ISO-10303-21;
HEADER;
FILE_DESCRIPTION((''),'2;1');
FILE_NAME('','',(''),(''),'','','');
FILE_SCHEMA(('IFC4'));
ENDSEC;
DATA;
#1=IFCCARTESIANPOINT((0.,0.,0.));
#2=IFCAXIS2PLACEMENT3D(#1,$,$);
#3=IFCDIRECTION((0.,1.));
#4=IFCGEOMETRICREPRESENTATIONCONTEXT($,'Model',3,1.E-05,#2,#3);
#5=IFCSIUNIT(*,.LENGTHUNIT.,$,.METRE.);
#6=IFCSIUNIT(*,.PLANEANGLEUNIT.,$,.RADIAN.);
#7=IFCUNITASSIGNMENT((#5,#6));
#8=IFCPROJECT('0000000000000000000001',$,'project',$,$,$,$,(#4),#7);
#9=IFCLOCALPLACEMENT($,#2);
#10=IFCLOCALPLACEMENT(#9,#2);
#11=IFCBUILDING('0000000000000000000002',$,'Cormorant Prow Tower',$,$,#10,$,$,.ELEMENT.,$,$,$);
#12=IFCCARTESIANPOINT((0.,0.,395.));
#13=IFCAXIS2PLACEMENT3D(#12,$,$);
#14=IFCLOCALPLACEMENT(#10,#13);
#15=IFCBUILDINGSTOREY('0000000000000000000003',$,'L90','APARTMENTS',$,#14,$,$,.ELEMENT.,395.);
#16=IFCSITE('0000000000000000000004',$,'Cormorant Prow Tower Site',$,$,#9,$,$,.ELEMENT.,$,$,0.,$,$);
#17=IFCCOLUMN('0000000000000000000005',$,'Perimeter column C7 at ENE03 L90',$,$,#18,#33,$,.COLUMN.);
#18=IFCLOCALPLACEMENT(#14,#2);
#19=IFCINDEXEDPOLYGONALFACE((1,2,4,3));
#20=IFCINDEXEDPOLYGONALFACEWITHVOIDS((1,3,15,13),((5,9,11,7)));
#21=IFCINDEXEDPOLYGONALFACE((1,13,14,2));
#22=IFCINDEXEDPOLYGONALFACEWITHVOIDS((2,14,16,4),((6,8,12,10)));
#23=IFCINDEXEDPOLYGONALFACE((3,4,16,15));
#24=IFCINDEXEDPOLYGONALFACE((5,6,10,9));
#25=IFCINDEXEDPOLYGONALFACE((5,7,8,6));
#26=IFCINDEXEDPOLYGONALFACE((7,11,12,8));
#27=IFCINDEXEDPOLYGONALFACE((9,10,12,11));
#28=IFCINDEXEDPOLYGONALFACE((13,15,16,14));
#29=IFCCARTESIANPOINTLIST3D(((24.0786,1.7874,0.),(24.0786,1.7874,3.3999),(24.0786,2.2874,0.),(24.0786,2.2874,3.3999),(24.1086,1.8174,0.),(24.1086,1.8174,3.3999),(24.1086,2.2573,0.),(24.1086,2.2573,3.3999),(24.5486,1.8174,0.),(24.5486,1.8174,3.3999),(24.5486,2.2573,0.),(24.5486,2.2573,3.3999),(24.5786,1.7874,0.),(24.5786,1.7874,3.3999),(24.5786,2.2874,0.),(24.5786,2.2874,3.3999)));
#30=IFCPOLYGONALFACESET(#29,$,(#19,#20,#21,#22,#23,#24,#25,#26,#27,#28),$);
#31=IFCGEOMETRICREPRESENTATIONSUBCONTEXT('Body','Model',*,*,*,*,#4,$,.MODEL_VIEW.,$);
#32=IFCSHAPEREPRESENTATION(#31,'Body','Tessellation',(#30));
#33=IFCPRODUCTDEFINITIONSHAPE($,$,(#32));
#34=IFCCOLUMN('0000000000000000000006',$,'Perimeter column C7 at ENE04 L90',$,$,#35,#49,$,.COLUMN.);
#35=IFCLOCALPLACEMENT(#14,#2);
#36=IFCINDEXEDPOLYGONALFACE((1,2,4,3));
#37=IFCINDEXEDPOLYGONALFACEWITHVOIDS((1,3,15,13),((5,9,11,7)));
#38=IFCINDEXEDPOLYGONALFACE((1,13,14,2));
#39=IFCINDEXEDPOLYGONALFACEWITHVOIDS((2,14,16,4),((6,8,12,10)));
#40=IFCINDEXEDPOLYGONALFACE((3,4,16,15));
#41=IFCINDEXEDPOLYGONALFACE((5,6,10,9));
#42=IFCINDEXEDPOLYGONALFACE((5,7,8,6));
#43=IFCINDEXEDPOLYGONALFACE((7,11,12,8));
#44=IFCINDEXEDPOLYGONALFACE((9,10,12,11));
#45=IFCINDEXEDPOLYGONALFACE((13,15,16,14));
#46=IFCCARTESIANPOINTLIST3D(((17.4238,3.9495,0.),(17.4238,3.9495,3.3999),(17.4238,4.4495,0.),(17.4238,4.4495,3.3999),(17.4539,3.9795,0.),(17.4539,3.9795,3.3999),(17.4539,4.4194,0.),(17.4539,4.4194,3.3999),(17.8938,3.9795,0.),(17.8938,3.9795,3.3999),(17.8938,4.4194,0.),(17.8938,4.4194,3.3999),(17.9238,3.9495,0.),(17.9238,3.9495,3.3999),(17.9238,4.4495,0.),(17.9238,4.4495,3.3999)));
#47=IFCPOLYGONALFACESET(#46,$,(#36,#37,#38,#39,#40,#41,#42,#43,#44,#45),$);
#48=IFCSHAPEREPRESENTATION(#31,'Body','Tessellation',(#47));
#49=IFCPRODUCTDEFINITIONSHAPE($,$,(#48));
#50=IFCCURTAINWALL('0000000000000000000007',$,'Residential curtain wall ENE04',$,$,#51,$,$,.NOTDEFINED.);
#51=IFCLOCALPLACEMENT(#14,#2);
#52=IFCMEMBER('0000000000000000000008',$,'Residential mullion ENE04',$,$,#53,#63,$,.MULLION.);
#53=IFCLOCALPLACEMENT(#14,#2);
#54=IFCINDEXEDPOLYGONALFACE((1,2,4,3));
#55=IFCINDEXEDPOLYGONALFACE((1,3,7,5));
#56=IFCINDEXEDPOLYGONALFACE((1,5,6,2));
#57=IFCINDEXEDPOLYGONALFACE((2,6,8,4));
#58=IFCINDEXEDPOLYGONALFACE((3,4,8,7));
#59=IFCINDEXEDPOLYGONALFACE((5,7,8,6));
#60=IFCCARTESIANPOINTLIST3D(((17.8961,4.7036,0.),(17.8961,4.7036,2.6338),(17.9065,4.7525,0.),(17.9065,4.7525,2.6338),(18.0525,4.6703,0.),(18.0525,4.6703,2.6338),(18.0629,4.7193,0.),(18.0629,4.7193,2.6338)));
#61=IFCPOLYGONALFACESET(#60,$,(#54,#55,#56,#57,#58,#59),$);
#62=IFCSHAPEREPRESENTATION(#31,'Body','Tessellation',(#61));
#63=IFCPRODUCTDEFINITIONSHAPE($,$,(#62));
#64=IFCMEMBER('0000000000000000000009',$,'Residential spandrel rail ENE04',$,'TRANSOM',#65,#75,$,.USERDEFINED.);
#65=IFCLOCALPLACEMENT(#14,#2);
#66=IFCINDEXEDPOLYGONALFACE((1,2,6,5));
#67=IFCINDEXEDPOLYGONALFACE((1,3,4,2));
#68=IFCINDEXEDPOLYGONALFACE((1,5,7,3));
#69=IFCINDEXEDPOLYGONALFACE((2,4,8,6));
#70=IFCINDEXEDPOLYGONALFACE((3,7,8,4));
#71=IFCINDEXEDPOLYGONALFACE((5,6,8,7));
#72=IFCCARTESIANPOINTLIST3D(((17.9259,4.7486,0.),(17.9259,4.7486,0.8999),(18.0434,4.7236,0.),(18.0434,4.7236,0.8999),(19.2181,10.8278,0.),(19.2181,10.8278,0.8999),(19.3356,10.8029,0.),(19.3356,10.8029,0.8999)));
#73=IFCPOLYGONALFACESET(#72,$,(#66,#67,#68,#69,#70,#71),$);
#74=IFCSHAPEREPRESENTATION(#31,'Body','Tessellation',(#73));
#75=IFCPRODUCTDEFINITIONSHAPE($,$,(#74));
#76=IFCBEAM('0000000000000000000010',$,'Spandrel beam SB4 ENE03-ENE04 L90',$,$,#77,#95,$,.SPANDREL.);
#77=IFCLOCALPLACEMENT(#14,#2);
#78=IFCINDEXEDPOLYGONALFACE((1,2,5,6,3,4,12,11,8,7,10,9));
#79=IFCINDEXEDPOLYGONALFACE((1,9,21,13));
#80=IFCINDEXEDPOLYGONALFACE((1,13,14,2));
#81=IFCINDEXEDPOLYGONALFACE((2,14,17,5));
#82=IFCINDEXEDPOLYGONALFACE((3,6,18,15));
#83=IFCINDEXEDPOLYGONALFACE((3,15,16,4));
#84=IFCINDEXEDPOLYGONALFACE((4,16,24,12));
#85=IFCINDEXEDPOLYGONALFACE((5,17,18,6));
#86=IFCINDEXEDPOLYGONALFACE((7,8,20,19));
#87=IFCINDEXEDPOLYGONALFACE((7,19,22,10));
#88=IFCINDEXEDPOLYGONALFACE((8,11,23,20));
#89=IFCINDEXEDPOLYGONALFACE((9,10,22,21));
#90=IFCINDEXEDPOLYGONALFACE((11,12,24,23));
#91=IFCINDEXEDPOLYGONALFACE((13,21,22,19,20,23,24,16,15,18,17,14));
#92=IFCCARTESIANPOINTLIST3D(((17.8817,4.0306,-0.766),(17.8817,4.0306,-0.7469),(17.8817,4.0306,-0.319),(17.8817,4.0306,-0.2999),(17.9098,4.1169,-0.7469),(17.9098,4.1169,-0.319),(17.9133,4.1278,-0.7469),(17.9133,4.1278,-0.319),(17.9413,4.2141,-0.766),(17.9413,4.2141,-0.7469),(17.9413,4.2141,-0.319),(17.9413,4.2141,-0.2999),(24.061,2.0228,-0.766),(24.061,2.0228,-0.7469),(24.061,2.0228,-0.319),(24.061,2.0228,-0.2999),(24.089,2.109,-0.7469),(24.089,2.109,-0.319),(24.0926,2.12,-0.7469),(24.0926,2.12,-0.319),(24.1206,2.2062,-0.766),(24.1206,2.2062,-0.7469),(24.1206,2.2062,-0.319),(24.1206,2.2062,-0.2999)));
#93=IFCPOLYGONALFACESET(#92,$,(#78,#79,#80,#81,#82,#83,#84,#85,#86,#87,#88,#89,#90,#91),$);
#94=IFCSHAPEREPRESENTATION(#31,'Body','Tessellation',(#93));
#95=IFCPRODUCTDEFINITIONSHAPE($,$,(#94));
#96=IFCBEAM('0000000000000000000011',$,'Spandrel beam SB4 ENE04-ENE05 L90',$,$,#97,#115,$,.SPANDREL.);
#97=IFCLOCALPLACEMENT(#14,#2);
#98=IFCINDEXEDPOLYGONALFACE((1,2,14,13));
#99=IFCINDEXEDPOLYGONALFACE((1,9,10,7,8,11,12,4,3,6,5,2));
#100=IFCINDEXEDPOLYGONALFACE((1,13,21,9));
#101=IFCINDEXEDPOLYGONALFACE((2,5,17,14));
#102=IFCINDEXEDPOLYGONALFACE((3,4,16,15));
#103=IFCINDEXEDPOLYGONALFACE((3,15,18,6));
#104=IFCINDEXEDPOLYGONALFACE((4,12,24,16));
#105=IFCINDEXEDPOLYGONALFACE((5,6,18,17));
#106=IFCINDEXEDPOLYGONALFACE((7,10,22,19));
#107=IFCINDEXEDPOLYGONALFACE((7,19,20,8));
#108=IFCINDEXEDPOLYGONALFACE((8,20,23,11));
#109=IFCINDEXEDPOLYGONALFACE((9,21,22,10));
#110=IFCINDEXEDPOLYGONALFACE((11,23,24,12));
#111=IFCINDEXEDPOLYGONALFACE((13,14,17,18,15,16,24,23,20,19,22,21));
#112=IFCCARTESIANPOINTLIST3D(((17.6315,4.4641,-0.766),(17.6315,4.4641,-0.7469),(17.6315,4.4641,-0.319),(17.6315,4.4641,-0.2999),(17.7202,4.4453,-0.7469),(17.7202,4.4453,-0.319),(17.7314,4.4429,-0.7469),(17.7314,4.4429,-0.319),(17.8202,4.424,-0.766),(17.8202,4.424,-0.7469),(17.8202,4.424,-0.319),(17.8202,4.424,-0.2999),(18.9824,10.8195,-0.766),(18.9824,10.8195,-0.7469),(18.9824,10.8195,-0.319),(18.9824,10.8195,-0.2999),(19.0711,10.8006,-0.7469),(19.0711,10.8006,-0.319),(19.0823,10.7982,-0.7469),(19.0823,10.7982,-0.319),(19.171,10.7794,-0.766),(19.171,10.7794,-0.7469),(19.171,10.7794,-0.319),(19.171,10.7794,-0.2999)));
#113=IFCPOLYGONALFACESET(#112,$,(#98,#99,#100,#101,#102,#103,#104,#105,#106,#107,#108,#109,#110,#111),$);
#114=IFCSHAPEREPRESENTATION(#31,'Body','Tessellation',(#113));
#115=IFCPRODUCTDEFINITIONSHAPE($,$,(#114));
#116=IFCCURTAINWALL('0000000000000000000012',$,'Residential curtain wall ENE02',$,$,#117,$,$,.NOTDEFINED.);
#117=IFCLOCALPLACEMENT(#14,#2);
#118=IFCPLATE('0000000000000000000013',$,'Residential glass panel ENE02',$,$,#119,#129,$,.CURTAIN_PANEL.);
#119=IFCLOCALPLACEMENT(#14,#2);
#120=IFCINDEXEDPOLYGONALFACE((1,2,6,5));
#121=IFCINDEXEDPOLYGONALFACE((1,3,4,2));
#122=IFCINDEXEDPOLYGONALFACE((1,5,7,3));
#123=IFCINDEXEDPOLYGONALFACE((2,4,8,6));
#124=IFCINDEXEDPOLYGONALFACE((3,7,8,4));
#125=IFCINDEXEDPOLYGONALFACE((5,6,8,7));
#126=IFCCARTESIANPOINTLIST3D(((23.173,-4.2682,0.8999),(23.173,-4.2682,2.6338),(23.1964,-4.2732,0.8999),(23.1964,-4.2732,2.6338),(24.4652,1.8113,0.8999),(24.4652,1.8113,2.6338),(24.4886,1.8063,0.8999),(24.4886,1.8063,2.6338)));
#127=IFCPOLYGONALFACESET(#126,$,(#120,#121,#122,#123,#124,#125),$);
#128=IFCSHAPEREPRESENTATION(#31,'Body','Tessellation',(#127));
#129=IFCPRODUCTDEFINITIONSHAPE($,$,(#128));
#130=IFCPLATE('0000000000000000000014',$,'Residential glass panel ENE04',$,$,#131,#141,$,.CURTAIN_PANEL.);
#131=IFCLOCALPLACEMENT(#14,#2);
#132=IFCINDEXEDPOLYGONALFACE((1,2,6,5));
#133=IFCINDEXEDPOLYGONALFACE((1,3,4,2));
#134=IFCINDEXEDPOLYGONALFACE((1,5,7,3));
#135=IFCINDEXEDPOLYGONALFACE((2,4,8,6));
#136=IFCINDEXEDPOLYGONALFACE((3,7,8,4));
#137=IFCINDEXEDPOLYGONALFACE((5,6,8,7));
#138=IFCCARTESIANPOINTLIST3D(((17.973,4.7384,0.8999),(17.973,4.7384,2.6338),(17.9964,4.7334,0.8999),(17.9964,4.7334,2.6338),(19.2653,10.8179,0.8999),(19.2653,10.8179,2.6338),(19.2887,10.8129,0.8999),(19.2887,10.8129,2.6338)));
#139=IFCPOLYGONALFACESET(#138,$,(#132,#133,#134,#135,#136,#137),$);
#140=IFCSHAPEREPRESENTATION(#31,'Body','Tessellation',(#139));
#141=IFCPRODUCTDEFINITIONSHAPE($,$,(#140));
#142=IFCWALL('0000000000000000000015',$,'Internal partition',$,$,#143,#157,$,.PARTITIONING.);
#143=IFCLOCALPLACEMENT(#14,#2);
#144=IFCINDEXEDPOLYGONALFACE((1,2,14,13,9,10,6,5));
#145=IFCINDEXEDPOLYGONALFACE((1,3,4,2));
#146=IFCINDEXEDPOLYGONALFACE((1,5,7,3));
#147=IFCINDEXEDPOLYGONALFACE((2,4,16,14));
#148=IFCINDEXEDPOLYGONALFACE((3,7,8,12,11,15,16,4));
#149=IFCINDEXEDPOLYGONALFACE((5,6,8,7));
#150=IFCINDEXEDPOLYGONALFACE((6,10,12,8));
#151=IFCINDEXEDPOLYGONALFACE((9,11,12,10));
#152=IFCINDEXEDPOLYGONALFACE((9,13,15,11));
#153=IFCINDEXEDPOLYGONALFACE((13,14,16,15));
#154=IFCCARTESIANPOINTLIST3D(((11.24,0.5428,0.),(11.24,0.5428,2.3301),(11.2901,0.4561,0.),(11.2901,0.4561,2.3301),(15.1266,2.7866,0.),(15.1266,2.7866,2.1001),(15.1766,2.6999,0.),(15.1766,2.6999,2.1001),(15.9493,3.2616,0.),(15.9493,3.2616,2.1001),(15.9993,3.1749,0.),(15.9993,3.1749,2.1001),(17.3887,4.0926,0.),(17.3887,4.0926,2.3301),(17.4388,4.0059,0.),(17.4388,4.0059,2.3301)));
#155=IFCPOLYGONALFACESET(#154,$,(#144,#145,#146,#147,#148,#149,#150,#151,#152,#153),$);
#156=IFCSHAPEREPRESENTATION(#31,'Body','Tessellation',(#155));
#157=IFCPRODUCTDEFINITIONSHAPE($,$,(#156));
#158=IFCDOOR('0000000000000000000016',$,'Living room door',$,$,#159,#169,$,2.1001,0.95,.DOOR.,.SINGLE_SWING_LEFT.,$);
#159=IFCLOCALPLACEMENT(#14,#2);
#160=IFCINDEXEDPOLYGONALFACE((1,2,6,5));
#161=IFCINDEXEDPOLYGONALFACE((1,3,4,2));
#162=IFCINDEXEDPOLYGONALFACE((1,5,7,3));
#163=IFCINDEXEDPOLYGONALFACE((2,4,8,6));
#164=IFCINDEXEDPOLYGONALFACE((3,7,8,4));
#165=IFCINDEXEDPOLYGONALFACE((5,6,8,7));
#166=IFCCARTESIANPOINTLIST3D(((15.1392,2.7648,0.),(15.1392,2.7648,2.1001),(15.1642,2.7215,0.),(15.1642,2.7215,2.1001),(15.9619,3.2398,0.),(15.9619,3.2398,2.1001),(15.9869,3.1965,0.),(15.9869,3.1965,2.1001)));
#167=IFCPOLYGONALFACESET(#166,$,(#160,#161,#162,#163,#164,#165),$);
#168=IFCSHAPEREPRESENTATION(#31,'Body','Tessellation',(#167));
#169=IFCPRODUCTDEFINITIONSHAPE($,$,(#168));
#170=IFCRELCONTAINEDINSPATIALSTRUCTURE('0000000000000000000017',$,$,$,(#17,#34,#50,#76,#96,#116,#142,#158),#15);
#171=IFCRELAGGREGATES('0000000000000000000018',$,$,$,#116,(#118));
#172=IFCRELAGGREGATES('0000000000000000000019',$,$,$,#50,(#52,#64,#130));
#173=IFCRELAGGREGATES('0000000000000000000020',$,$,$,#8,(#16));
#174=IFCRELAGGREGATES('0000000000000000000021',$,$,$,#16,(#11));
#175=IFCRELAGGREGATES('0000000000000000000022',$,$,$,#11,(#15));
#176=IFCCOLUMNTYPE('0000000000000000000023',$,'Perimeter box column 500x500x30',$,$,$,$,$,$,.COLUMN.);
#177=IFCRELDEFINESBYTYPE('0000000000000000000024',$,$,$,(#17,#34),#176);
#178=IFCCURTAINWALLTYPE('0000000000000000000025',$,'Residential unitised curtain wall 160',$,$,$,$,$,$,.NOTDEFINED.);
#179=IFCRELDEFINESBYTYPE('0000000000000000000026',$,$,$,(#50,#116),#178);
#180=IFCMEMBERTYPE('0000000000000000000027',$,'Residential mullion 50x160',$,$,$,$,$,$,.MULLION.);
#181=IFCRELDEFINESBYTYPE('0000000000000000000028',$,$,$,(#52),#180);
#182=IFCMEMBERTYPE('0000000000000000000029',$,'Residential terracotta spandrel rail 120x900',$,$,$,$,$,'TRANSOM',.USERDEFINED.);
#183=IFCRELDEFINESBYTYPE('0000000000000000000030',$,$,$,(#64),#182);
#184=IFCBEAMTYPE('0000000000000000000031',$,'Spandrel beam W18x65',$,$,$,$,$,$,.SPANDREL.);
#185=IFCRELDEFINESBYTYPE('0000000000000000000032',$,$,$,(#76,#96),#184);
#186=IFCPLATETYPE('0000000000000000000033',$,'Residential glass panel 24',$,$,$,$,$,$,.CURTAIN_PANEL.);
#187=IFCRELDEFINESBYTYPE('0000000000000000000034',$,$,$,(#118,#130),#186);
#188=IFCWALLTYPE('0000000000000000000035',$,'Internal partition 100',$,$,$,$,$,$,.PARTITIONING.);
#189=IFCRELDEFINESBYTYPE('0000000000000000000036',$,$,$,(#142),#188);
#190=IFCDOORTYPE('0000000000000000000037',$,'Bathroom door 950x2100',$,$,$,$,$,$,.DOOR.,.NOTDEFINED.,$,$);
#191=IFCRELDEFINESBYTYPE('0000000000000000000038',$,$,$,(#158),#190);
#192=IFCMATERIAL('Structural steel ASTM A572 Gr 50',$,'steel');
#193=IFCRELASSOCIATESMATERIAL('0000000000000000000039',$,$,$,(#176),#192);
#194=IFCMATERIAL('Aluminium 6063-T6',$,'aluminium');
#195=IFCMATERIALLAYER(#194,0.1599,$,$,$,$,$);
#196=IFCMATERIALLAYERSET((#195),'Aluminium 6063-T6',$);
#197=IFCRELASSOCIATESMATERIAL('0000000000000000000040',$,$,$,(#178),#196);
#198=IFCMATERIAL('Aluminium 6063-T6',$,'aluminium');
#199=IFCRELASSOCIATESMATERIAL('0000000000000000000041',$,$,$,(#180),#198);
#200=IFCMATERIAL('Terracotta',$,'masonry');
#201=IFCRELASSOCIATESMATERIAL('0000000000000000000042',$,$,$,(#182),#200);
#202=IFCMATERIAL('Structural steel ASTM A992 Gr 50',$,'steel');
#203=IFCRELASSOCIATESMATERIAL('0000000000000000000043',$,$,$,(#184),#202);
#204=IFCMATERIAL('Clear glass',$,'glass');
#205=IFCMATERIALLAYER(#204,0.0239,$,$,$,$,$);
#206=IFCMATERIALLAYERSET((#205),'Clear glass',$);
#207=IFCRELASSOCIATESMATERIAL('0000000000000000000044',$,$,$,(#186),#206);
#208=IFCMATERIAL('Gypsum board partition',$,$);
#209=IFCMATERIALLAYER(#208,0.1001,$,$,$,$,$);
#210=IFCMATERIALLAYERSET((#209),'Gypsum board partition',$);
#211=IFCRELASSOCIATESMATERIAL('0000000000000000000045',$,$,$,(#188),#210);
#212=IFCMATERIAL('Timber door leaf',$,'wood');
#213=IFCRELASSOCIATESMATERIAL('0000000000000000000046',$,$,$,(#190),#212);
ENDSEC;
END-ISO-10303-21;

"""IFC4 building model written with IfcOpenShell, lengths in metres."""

from ifc_helpers import new_model, si_unit, direction, frame, frame_2d, origin, origin_2d, place, context, subcontext, project, spatial, rectangle, hollow_rectangle, i_section, extrude, material, layer, layer_set, material_profile, profile_set, type_object, element, fill, aggregate, save


model = new_model("IFC4")

# Units and contexts
model_context = context("Model", 3, precision=1e-05, world=origin(), true_north=direction((0.0, 1.0)))
body_context = subcontext(model_context, "Body", "Model", "MODEL_VIEW")
ifc_project = project(units=[si_unit("LENGTHUNIT", "METRE"), si_unit("PLANEANGLEUNIT", "RADIAN")], contexts=[model_context])

# Site, building, storey
site_placement = place(None, origin())
site = spatial("IfcSite", under=ifc_project, at=site_placement, Name="Cormorant Prow Tower Site", CompositionType="ELEMENT", RefElevation=0.0)
building_placement = place(site_placement, origin())
building = spatial("IfcBuilding", under=site, at=building_placement, Name="Cormorant Prow Tower", CompositionType="ELEMENT")
storey_placement = place(building_placement, frame((0.0, 0.0, 395.0)))
storey = spatial("IfcBuildingStorey", under=building, at=storey_placement, Name="L90", Description="APARTMENTS", CompositionType="ELEMENT", Elevation=395.0)

# Columns
ifc_material_1 = material(Name="Structural steel ASTM A572 Gr 50", Category="steel")
ifc_material_profile_1 = material_profile(ifc_material_1, hollow_rectangle(XDim=0.5, YDim=0.5, WallThickness=0.03, at=origin_2d()), Name="Box 500x500x30")
ifc_profile_set_1 = profile_set([ifc_material_profile_1], Name="Structural steel ASTM A572 Gr 50")
column_type = type_object("IfcColumnType", Name="Perimeter box column 500x500x30", PredefinedType="COLUMN", material=ifc_profile_set_1)
for number, where, z_axis, x_axis, name in (
    (1, (24.3286, 2.0374, 0.0), (0.0, 0.0, 1.0), (1.0, 0.0, 0.0), "Perimeter column C7 at ENE03 L90"),
    (2, (17.6738, 4.1995, 0.0), (0.0, 0.0, 1.0), (1.0, 0.0, 0.0), "Perimeter column C7 at ENE04 L90"),
):
    element("IfcColumn", number, at=place(storey_placement, frame(where, z_axis=z_axis, x_axis=x_axis)), inside=storey, type_object=column_type, Name=name, PredefinedType="COLUMN", context=body_context, shape_type="SweptSolid", body=[
        extrude(hollow_rectangle(XDim=0.5, YDim=0.5, WallThickness=0.03, at=origin_2d()), origin(), (0.0, 0.0, 1.0), 3.3999),
    ])

# Curtain wall, members
ifc_material_2 = material(Name="Aluminium 6063-T6", Category="aluminium")
ifc_layer_1 = layer(ifc_material_2, 0.1599)
ifc_layer_set_1 = layer_set([ifc_layer_1], Name="Aluminium 6063-T6")
curtain_wall_type = type_object("IfcCurtainWallType", Name="Residential unitised curtain wall 160", PredefinedType="NOTDEFINED", material=ifc_layer_set_1)
curtain_wall_1_placement = place(storey_placement, origin())
curtain_wall_1 = element("IfcCurtainWall", 3, at=curtain_wall_1_placement, inside=storey, type_object=curtain_wall_type, Name="Residential curtain wall ENE04", PredefinedType="NOTDEFINED")
ifc_material_3 = material(Name="Aluminium 6063-T6", Category="aluminium")
ifc_material_profile_2 = material_profile(ifc_material_3, rectangle(XDim=0.1599, YDim=0.05, at=origin_2d()), Name="Residential mullion 50x160")
ifc_profile_set_2 = profile_set([ifc_material_profile_2], Name="Aluminium 6063-T6")
member_type_1 = type_object("IfcMemberType", Name="Residential mullion 50x160", PredefinedType="MULLION", material=ifc_profile_set_2)
member_1_placement = place(storey_placement, frame((17.9795, 4.7114, 0.0), z_axis=(0.0, 0.0, 1.0), x_axis=(-0.978148, 0.207912, 0.0)))
member_1 = element("IfcMember", 4, at=member_1_placement, type_object=member_type_1, Name="Residential mullion ENE04", PredefinedType="MULLION", context=body_context, shape_type="SweptSolid", body=[
    extrude(rectangle(XDim=0.1599, YDim=0.05, at=origin_2d()), origin(), (0.0, 0.0, 1.0), 2.6338),
])
ifc_material_4 = material(Name="Terracotta", Category="masonry")
ifc_material_profile_3 = material_profile(ifc_material_4, rectangle(XDim=0.1201, YDim=0.8999, at=origin_2d()), Name="Residential terracotta spandrel rail 120x900")
ifc_profile_set_3 = profile_set([ifc_material_profile_3], Name="Terracotta")
member_type_2 = type_object("IfcMemberType", Name="Residential terracotta spandrel rail 120x900", ElementType="TRANSOM", PredefinedType="USERDEFINED", material=ifc_profile_set_3)
member_2_placement = place(storey_placement, frame((17.9846, 4.7361, 0.45), z_axis=(0.207917, 0.978147, 0.0), x_axis=(-0.978147, 0.207917, 0.0)))
member_2 = element("IfcMember", 5, at=member_2_placement, type_object=member_type_2, Name="Residential spandrel rail ENE04", ObjectType="TRANSOM", PredefinedType="USERDEFINED", context=body_context, shape_type="SweptSolid", body=[
    extrude(rectangle(XDim=0.1201, YDim=0.8999, at=origin_2d()), origin(), (0.0, 0.0, 1.0), 6.2151),
])

# Beams
ifc_material_5 = material(Name="Structural steel ASTM A992 Gr 50", Category="steel")
ifc_material_profile_4 = material_profile(ifc_material_5, i_section(OverallWidth=0.1929, OverallDepth=0.4661, WebThickness=0.0115, FlangeThickness=0.019, at=origin_2d()), Name="W18x65")
ifc_profile_set_4 = profile_set([ifc_material_profile_4], Name="Structural steel ASTM A992 Gr 50")
beam_type = type_object("IfcBeamType", Name="Spandrel beam W18x65", PredefinedType="SPANDREL", material=ifc_profile_set_4)
for number, where, z_axis, x_axis, name in (
    (6, (24.0908, 2.1145, -0.533), (-0.951053, 0.309027, 0.0), (-0.309027, -0.951053, 0.0), "Spandrel beam SB4 ENE03-ENE04 L90"),
    (7, (17.7258, 4.4441, -0.533), (0.20791, 0.978148, 0.0), (-0.978148, 0.20791, 0.0), "Spandrel beam SB4 ENE04-ENE05 L90"),
):
    element("IfcBeam", number, at=place(storey_placement, frame(where, z_axis=z_axis, x_axis=x_axis)), inside=storey, type_object=beam_type, Name=name, PredefinedType="SPANDREL", context=body_context, shape_type="SweptSolid", body=[
        extrude(i_section(OverallWidth=0.1929, OverallDepth=0.4661, WebThickness=0.0115, FlangeThickness=0.019, at=origin_2d()), origin(), (0.0, 0.0, 1.0), 6.4973),
    ])

# Curtain wall, plate
curtain_wall_2_placement = place(storey_placement, origin())
curtain_wall_2 = element("IfcCurtainWall", 8, at=curtain_wall_2_placement, inside=storey, type_object=curtain_wall_type, Name="Residential curtain wall ENE02", PredefinedType="NOTDEFINED")
ifc_material_6 = material(Name="Clear glass", Category="glass")
ifc_layer_2 = layer(ifc_material_6, 0.0239)
ifc_layer_set_2 = layer_set([ifc_layer_2], Name="Clear glass")
plate_type = type_object("IfcPlateType", Name="Residential glass panel 24", PredefinedType="CURTAIN_PANEL", material=ifc_layer_set_2)
plate_1_placement = place(storey_placement, frame((23.8308, -1.231, 0.8999), z_axis=(0.0, 0.0, 1.0), x_axis=(0.207912, 0.978148, 0.0)))
plate_1 = element("IfcPlate", 9, at=plate_1_placement, type_object=plate_type, Name="Residential glass panel ENE02", PredefinedType="CURTAIN_PANEL", context=body_context, shape_type="SweptSolid", body=[
    extrude(rectangle(XDim=6.2153, YDim=0.0239, at=origin_2d()), origin(), (0.0, 0.0, 1.0), 1.7339),
])
aggregate(curtain_wall_2, [plate_1])

# Plate
plate_2_placement = place(storey_placement, frame((18.6309, 7.7756, 0.8999), z_axis=(0.0, 0.0, 1.0), x_axis=(0.207912, 0.978148, 0.0)))
plate_2 = element("IfcPlate", 10, at=plate_2_placement, type_object=plate_type, Name="Residential glass panel ENE04", PredefinedType="CURTAIN_PANEL", context=body_context, shape_type="SweptSolid", body=[
    extrude(rectangle(XDim=6.2153, YDim=0.0239, at=origin_2d()), origin(), (0.0, 0.0, 1.0), 1.7339),
])
aggregate(curtain_wall_1, [member_1, member_2, plate_2])

# Wall, opening, door
ifc_material_7 = material(Name="Gypsum board partition")
ifc_layer_3 = layer(ifc_material_7, 0.1001)
ifc_layer_set_3 = layer_set([ifc_layer_3], Name="Gypsum board partition")
wall_type_1 = type_object("IfcWallType", Name="Internal partition 100", PredefinedType="PARTITIONING", material=ifc_layer_set_3)
wall_1_placement = place(storey_placement, frame((11.2651, 0.4995, 0.0), z_axis=(0.0, 0.0, 1.0), x_axis=(0.866034, 0.499985, 0.0)))
wall_1 = element("IfcWall", 11, at=wall_1_placement, inside=storey, type_object=wall_type_1, Name="Internal partition", PredefinedType="PARTITIONING", context=body_context, shape_type="SweptSolid", body=[
    extrude(rectangle(XDim=7.0999, YDim=0.1001, at=frame_2d((3.5498, 0.0))), origin(), (0.0, 0.0, 1.0), 2.3301),
])
opening_1_placement = place(wall_1_placement, frame((4.4875, 0.0, 0.0)))
opening_1 = element("IfcOpeningElement", 12, at=opening_1_placement, cuts=wall_1, PredefinedType="OPENING", context=body_context, shape_type="SweptSolid", body=[
    extrude(rectangle(XDim=0.95, YDim=2.1001, at=frame_2d((0.4751, 1.05))), frame((0.0, 0.0601, 0.0), z_axis=(0.0, -1.0, 0.0), x_axis=(1.0, 0.0, 0.0)), (0.0, 0.0, 1.0), 0.1201),
])
ifc_material_8 = material(Name="Timber door leaf", Category="wood")
door_type_1 = type_object("IfcDoorType", Name="Bathroom door 950x2100", OperationType="NOTDEFINED", PredefinedType="DOOR", material=ifc_material_8)
door_1_placement = place(opening_1_placement, origin())
door_1 = element("IfcDoor", 13, at=door_1_placement, inside=storey, type_object=door_type_1, Name="Living room door", OperationType="SINGLE_SWING_LEFT", OverallHeight=2.1001, OverallWidth=0.95, PredefinedType="DOOR", context=body_context, shape_type="SweptSolid", body=[
    extrude(rectangle(XDim=0.95, YDim=2.1001, at=frame_2d((0.4751, 1.05))), frame((0.0, 0.0249, 0.0), z_axis=(0.0, -1.0, 0.0), x_axis=(1.0, 0.0, 0.0)), (0.0, 0.0, 1.0), 0.05),
])
fill(opening_1, door_1)

save(model, "model.ifc")
